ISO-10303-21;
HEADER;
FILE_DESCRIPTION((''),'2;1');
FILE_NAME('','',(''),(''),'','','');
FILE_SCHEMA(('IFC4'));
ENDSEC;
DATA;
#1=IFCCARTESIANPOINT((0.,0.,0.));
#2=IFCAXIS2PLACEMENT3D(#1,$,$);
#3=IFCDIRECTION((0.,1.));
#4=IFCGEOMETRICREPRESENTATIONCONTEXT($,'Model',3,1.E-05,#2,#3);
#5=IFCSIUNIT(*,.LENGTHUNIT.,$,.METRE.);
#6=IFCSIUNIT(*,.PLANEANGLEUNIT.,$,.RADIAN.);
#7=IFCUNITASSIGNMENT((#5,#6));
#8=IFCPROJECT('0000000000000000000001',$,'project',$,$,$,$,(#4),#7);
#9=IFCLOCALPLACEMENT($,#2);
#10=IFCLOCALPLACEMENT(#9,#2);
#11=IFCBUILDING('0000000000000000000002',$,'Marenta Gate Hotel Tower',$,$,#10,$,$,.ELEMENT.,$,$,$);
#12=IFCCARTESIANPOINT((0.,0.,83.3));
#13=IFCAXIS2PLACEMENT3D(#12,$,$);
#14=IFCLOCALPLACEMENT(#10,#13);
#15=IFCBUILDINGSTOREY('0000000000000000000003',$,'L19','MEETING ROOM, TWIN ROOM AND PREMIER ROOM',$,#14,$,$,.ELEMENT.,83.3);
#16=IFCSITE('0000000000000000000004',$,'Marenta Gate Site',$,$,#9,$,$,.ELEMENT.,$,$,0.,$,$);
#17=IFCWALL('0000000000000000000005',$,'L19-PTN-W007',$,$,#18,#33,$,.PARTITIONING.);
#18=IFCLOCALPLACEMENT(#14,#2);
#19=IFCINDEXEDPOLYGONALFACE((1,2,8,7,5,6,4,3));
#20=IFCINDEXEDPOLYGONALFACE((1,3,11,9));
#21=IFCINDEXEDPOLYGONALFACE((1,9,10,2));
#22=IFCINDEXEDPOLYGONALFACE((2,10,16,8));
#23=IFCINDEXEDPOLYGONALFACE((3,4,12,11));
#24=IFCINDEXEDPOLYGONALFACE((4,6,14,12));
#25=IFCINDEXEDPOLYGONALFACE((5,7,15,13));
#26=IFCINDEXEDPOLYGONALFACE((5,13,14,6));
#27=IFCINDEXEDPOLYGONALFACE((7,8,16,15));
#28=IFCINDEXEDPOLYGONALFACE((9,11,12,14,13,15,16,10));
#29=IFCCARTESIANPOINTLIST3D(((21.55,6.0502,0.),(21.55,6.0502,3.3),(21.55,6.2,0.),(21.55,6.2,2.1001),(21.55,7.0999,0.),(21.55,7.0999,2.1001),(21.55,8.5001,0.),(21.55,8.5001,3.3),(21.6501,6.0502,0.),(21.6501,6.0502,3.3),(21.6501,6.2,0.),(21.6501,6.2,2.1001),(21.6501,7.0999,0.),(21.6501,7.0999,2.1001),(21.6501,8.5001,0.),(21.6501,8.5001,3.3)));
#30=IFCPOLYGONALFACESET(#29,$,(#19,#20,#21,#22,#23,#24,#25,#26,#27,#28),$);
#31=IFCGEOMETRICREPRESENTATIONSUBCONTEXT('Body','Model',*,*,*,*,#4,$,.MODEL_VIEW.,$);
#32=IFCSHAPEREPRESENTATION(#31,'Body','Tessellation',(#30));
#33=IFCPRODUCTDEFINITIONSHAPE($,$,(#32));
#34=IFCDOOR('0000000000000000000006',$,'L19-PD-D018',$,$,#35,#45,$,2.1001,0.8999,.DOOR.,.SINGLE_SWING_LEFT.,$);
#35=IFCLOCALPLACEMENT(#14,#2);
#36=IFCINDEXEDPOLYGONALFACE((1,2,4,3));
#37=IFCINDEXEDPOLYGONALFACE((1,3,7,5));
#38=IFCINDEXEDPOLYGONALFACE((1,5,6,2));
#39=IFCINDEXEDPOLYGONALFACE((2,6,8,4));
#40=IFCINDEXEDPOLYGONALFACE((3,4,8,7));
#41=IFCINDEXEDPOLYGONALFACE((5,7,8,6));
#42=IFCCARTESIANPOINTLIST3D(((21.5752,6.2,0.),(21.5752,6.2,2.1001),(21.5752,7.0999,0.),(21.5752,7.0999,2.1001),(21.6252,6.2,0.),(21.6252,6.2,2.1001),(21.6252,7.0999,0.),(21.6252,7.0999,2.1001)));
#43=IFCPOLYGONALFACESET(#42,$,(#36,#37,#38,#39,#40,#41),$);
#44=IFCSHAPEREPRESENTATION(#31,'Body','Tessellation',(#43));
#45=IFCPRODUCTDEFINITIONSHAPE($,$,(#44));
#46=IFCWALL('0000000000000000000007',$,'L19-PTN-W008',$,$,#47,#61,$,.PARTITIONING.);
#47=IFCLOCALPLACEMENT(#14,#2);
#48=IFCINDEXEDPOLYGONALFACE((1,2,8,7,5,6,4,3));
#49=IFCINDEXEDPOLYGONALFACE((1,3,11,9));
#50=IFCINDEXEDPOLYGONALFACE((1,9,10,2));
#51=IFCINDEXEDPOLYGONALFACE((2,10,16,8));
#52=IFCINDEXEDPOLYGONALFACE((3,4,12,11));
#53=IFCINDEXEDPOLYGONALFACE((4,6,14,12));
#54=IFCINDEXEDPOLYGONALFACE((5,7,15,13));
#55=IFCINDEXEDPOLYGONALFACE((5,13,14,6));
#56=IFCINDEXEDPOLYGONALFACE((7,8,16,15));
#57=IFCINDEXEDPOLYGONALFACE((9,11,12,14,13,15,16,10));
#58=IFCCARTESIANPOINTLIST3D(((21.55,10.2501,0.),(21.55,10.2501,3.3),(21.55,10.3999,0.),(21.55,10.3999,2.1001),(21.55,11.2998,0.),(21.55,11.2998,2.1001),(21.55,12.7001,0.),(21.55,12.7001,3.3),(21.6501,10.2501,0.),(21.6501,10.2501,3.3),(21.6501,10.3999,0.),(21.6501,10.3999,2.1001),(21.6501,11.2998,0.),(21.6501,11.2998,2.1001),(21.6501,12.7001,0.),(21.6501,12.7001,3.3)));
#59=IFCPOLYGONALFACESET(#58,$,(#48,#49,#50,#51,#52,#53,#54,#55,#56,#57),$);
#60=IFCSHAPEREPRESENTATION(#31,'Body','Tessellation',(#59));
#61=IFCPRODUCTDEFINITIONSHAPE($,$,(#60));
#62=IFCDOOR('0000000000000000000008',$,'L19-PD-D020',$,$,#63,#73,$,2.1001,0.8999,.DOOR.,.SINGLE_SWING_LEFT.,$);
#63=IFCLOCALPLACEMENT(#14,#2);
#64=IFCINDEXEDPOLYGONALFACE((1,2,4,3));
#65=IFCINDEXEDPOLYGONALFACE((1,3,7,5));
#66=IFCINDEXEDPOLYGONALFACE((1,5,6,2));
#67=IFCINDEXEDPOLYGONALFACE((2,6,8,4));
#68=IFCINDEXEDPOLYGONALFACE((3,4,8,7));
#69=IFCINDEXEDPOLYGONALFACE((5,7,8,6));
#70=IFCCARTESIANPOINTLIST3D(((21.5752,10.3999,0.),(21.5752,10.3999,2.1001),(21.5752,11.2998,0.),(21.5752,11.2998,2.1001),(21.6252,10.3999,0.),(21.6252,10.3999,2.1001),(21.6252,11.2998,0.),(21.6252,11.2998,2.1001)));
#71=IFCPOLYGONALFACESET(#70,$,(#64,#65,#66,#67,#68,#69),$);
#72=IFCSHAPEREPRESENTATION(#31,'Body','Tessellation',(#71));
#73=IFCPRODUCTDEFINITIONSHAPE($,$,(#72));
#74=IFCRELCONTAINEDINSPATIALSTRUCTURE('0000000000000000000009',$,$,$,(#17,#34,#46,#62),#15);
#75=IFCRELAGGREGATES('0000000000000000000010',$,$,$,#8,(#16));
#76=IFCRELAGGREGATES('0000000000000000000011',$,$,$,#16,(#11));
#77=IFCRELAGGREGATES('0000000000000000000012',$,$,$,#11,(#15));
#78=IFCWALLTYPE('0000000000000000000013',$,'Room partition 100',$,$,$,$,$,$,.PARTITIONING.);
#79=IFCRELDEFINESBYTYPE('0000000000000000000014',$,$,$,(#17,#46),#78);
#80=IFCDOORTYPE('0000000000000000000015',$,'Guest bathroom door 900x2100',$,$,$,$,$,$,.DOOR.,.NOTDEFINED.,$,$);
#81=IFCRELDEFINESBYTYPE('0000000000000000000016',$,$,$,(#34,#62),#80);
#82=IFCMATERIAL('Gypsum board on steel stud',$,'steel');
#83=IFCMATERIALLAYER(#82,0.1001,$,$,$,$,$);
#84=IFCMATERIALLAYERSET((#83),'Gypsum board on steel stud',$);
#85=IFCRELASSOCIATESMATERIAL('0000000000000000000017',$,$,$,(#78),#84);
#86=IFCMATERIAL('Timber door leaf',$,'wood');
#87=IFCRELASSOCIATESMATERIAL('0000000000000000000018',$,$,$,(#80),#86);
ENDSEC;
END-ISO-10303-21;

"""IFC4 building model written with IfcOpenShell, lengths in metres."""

from ifc_helpers import new_model, si_unit, direction, frame, frame_2d, origin, place, context, subcontext, project, spatial, rectangle, extrude, material, layer, layer_set, type_object, element, fill, save


model = new_model("IFC4")

# Units and contexts
model_context = context("Model", 3, precision=1e-05, world=origin(), true_north=direction((0.0, 1.0)))
body_context = subcontext(model_context, "Body", "Model", "MODEL_VIEW")
ifc_project = project(units=[si_unit("LENGTHUNIT", "METRE"), si_unit("PLANEANGLEUNIT", "RADIAN")], contexts=[model_context])

# Site, building, storey
site_placement = place(None, origin())
site = spatial("IfcSite", under=ifc_project, at=site_placement, Name="Marenta Gate Site", CompositionType="ELEMENT", RefElevation=0.0)
building_placement = place(site_placement, origin())
building = spatial("IfcBuilding", under=site, at=building_placement, Name="Marenta Gate Hotel Tower", CompositionType="ELEMENT")
storey_placement = place(building_placement, frame((0.0, 0.0, 83.3)))
storey = spatial("IfcBuildingStorey", under=building, at=storey_placement, Name="L19", Description="MEETING ROOM, TWIN ROOM AND PREMIER ROOM", CompositionType="ELEMENT", Elevation=83.3)

# Walls, openings, doors
ifc_material_1 = material(Name="Gypsum board on steel stud", Category="steel")
ifc_layer_1 = layer(ifc_material_1, 0.1001)
ifc_layer_set_1 = layer_set([ifc_layer_1], Name="Gypsum board on steel stud")
wall_type = type_object("IfcWallType", Name="Room partition 100", PredefinedType="PARTITIONING", material=ifc_layer_set_1)
wall_1_placement = place(storey_placement, frame((21.6001, 6.05, 0.0), z_axis=(0.0, 0.0, 1.0), x_axis=(0.0, 1.0, 0.0)))
wall_1 = element("IfcWall", 1, at=wall_1_placement, inside=storey, type_object=wall_type, Name="L19-PTN-W007", PredefinedType="PARTITIONING", context=body_context, shape_type="SweptSolid", body=[
    extrude(rectangle(XDim=2.45, YDim=0.1001, at=frame_2d((1.2251, 0.0))), origin(), (0.0, 0.0, 1.0), 3.3),
])
opening_1_placement = place(wall_1_placement, frame((0.1499, 0.0, 0.0)))
opening_1 = element("IfcOpeningElement", 2, at=opening_1_placement, cuts=wall_1, PredefinedType="OPENING", context=body_context, shape_type="SweptSolid", body=[
    extrude(rectangle(XDim=0.8999, YDim=2.1001, at=frame_2d((0.45, 1.05))), frame((0.0, 0.05, 0.0), z_axis=(0.0, -1.0, 0.0), x_axis=(1.0, 0.0, 0.0)), (0.0, 0.0, 1.0), 0.1001),
])
ifc_material_2 = material(Name="Timber door leaf", Category="wood")
door_type = type_object("IfcDoorType", Name="Guest bathroom door 900x2100", OperationType="NOTDEFINED", PredefinedType="DOOR", material=ifc_material_2)
door_1_placement = place(opening_1_placement, origin())
door_1 = element("IfcDoor", 3, at=door_1_placement, inside=storey, type_object=door_type, Name="L19-PD-D018", OperationType="SINGLE_SWING_LEFT", OverallHeight=2.1001, OverallWidth=0.8999, PredefinedType="DOOR", context=body_context, shape_type="SweptSolid", body=[
    extrude(rectangle(XDim=0.8999, YDim=2.1001, at=frame_2d((0.45, 1.05))), frame((0.0, 0.0249, 0.0), z_axis=(0.0, -1.0, 0.0), x_axis=(1.0, 0.0, 0.0)), (0.0, 0.0, 1.0), 0.05),
])
fill(opening_1, door_1)
wall_2_placement = place(storey_placement, frame((21.6001, 10.25, 0.0), z_axis=(0.0, 0.0, 1.0), x_axis=(0.0, 1.0, 0.0)))
wall_2 = element("IfcWall", 4, at=wall_2_placement, inside=storey, type_object=wall_type, Name="L19-PTN-W008", PredefinedType="PARTITIONING", context=body_context, shape_type="SweptSolid", body=[
    extrude(rectangle(XDim=2.45, YDim=0.1001, at=frame_2d((1.2251, 0.0))), origin(), (0.0, 0.0, 1.0), 3.3),
])
opening_2_placement = place(wall_2_placement, frame((0.1499, 0.0, 0.0)))
opening_2 = element("IfcOpeningElement", 5, at=opening_2_placement, cuts=wall_2, PredefinedType="OPENING", context=body_context, shape_type="SweptSolid", body=[
    extrude(rectangle(XDim=0.8999, YDim=2.1001, at=frame_2d((0.45, 1.05))), frame((0.0, 0.05, 0.0), z_axis=(0.0, -1.0, 0.0), x_axis=(1.0, 0.0, 0.0)), (0.0, 0.0, 1.0), 0.1001),
])
door_2_placement = place(opening_2_placement, origin())
door_2 = element("IfcDoor", 6, at=door_2_placement, inside=storey, type_object=door_type, Name="L19-PD-D020", OperationType="SINGLE_SWING_LEFT", OverallHeight=2.1001, OverallWidth=0.8999, PredefinedType="DOOR", context=body_context, shape_type="SweptSolid", body=[
    extrude(rectangle(XDim=0.8999, YDim=2.1001, at=frame_2d((0.45, 1.05))), frame((0.0, 0.0249, 0.0), z_axis=(0.0, -1.0, 0.0), x_axis=(1.0, 0.0, 0.0)), (0.0, 0.0, 1.0), 0.05),
])
fill(opening_2, door_2)

save(model, "model.ifc")
